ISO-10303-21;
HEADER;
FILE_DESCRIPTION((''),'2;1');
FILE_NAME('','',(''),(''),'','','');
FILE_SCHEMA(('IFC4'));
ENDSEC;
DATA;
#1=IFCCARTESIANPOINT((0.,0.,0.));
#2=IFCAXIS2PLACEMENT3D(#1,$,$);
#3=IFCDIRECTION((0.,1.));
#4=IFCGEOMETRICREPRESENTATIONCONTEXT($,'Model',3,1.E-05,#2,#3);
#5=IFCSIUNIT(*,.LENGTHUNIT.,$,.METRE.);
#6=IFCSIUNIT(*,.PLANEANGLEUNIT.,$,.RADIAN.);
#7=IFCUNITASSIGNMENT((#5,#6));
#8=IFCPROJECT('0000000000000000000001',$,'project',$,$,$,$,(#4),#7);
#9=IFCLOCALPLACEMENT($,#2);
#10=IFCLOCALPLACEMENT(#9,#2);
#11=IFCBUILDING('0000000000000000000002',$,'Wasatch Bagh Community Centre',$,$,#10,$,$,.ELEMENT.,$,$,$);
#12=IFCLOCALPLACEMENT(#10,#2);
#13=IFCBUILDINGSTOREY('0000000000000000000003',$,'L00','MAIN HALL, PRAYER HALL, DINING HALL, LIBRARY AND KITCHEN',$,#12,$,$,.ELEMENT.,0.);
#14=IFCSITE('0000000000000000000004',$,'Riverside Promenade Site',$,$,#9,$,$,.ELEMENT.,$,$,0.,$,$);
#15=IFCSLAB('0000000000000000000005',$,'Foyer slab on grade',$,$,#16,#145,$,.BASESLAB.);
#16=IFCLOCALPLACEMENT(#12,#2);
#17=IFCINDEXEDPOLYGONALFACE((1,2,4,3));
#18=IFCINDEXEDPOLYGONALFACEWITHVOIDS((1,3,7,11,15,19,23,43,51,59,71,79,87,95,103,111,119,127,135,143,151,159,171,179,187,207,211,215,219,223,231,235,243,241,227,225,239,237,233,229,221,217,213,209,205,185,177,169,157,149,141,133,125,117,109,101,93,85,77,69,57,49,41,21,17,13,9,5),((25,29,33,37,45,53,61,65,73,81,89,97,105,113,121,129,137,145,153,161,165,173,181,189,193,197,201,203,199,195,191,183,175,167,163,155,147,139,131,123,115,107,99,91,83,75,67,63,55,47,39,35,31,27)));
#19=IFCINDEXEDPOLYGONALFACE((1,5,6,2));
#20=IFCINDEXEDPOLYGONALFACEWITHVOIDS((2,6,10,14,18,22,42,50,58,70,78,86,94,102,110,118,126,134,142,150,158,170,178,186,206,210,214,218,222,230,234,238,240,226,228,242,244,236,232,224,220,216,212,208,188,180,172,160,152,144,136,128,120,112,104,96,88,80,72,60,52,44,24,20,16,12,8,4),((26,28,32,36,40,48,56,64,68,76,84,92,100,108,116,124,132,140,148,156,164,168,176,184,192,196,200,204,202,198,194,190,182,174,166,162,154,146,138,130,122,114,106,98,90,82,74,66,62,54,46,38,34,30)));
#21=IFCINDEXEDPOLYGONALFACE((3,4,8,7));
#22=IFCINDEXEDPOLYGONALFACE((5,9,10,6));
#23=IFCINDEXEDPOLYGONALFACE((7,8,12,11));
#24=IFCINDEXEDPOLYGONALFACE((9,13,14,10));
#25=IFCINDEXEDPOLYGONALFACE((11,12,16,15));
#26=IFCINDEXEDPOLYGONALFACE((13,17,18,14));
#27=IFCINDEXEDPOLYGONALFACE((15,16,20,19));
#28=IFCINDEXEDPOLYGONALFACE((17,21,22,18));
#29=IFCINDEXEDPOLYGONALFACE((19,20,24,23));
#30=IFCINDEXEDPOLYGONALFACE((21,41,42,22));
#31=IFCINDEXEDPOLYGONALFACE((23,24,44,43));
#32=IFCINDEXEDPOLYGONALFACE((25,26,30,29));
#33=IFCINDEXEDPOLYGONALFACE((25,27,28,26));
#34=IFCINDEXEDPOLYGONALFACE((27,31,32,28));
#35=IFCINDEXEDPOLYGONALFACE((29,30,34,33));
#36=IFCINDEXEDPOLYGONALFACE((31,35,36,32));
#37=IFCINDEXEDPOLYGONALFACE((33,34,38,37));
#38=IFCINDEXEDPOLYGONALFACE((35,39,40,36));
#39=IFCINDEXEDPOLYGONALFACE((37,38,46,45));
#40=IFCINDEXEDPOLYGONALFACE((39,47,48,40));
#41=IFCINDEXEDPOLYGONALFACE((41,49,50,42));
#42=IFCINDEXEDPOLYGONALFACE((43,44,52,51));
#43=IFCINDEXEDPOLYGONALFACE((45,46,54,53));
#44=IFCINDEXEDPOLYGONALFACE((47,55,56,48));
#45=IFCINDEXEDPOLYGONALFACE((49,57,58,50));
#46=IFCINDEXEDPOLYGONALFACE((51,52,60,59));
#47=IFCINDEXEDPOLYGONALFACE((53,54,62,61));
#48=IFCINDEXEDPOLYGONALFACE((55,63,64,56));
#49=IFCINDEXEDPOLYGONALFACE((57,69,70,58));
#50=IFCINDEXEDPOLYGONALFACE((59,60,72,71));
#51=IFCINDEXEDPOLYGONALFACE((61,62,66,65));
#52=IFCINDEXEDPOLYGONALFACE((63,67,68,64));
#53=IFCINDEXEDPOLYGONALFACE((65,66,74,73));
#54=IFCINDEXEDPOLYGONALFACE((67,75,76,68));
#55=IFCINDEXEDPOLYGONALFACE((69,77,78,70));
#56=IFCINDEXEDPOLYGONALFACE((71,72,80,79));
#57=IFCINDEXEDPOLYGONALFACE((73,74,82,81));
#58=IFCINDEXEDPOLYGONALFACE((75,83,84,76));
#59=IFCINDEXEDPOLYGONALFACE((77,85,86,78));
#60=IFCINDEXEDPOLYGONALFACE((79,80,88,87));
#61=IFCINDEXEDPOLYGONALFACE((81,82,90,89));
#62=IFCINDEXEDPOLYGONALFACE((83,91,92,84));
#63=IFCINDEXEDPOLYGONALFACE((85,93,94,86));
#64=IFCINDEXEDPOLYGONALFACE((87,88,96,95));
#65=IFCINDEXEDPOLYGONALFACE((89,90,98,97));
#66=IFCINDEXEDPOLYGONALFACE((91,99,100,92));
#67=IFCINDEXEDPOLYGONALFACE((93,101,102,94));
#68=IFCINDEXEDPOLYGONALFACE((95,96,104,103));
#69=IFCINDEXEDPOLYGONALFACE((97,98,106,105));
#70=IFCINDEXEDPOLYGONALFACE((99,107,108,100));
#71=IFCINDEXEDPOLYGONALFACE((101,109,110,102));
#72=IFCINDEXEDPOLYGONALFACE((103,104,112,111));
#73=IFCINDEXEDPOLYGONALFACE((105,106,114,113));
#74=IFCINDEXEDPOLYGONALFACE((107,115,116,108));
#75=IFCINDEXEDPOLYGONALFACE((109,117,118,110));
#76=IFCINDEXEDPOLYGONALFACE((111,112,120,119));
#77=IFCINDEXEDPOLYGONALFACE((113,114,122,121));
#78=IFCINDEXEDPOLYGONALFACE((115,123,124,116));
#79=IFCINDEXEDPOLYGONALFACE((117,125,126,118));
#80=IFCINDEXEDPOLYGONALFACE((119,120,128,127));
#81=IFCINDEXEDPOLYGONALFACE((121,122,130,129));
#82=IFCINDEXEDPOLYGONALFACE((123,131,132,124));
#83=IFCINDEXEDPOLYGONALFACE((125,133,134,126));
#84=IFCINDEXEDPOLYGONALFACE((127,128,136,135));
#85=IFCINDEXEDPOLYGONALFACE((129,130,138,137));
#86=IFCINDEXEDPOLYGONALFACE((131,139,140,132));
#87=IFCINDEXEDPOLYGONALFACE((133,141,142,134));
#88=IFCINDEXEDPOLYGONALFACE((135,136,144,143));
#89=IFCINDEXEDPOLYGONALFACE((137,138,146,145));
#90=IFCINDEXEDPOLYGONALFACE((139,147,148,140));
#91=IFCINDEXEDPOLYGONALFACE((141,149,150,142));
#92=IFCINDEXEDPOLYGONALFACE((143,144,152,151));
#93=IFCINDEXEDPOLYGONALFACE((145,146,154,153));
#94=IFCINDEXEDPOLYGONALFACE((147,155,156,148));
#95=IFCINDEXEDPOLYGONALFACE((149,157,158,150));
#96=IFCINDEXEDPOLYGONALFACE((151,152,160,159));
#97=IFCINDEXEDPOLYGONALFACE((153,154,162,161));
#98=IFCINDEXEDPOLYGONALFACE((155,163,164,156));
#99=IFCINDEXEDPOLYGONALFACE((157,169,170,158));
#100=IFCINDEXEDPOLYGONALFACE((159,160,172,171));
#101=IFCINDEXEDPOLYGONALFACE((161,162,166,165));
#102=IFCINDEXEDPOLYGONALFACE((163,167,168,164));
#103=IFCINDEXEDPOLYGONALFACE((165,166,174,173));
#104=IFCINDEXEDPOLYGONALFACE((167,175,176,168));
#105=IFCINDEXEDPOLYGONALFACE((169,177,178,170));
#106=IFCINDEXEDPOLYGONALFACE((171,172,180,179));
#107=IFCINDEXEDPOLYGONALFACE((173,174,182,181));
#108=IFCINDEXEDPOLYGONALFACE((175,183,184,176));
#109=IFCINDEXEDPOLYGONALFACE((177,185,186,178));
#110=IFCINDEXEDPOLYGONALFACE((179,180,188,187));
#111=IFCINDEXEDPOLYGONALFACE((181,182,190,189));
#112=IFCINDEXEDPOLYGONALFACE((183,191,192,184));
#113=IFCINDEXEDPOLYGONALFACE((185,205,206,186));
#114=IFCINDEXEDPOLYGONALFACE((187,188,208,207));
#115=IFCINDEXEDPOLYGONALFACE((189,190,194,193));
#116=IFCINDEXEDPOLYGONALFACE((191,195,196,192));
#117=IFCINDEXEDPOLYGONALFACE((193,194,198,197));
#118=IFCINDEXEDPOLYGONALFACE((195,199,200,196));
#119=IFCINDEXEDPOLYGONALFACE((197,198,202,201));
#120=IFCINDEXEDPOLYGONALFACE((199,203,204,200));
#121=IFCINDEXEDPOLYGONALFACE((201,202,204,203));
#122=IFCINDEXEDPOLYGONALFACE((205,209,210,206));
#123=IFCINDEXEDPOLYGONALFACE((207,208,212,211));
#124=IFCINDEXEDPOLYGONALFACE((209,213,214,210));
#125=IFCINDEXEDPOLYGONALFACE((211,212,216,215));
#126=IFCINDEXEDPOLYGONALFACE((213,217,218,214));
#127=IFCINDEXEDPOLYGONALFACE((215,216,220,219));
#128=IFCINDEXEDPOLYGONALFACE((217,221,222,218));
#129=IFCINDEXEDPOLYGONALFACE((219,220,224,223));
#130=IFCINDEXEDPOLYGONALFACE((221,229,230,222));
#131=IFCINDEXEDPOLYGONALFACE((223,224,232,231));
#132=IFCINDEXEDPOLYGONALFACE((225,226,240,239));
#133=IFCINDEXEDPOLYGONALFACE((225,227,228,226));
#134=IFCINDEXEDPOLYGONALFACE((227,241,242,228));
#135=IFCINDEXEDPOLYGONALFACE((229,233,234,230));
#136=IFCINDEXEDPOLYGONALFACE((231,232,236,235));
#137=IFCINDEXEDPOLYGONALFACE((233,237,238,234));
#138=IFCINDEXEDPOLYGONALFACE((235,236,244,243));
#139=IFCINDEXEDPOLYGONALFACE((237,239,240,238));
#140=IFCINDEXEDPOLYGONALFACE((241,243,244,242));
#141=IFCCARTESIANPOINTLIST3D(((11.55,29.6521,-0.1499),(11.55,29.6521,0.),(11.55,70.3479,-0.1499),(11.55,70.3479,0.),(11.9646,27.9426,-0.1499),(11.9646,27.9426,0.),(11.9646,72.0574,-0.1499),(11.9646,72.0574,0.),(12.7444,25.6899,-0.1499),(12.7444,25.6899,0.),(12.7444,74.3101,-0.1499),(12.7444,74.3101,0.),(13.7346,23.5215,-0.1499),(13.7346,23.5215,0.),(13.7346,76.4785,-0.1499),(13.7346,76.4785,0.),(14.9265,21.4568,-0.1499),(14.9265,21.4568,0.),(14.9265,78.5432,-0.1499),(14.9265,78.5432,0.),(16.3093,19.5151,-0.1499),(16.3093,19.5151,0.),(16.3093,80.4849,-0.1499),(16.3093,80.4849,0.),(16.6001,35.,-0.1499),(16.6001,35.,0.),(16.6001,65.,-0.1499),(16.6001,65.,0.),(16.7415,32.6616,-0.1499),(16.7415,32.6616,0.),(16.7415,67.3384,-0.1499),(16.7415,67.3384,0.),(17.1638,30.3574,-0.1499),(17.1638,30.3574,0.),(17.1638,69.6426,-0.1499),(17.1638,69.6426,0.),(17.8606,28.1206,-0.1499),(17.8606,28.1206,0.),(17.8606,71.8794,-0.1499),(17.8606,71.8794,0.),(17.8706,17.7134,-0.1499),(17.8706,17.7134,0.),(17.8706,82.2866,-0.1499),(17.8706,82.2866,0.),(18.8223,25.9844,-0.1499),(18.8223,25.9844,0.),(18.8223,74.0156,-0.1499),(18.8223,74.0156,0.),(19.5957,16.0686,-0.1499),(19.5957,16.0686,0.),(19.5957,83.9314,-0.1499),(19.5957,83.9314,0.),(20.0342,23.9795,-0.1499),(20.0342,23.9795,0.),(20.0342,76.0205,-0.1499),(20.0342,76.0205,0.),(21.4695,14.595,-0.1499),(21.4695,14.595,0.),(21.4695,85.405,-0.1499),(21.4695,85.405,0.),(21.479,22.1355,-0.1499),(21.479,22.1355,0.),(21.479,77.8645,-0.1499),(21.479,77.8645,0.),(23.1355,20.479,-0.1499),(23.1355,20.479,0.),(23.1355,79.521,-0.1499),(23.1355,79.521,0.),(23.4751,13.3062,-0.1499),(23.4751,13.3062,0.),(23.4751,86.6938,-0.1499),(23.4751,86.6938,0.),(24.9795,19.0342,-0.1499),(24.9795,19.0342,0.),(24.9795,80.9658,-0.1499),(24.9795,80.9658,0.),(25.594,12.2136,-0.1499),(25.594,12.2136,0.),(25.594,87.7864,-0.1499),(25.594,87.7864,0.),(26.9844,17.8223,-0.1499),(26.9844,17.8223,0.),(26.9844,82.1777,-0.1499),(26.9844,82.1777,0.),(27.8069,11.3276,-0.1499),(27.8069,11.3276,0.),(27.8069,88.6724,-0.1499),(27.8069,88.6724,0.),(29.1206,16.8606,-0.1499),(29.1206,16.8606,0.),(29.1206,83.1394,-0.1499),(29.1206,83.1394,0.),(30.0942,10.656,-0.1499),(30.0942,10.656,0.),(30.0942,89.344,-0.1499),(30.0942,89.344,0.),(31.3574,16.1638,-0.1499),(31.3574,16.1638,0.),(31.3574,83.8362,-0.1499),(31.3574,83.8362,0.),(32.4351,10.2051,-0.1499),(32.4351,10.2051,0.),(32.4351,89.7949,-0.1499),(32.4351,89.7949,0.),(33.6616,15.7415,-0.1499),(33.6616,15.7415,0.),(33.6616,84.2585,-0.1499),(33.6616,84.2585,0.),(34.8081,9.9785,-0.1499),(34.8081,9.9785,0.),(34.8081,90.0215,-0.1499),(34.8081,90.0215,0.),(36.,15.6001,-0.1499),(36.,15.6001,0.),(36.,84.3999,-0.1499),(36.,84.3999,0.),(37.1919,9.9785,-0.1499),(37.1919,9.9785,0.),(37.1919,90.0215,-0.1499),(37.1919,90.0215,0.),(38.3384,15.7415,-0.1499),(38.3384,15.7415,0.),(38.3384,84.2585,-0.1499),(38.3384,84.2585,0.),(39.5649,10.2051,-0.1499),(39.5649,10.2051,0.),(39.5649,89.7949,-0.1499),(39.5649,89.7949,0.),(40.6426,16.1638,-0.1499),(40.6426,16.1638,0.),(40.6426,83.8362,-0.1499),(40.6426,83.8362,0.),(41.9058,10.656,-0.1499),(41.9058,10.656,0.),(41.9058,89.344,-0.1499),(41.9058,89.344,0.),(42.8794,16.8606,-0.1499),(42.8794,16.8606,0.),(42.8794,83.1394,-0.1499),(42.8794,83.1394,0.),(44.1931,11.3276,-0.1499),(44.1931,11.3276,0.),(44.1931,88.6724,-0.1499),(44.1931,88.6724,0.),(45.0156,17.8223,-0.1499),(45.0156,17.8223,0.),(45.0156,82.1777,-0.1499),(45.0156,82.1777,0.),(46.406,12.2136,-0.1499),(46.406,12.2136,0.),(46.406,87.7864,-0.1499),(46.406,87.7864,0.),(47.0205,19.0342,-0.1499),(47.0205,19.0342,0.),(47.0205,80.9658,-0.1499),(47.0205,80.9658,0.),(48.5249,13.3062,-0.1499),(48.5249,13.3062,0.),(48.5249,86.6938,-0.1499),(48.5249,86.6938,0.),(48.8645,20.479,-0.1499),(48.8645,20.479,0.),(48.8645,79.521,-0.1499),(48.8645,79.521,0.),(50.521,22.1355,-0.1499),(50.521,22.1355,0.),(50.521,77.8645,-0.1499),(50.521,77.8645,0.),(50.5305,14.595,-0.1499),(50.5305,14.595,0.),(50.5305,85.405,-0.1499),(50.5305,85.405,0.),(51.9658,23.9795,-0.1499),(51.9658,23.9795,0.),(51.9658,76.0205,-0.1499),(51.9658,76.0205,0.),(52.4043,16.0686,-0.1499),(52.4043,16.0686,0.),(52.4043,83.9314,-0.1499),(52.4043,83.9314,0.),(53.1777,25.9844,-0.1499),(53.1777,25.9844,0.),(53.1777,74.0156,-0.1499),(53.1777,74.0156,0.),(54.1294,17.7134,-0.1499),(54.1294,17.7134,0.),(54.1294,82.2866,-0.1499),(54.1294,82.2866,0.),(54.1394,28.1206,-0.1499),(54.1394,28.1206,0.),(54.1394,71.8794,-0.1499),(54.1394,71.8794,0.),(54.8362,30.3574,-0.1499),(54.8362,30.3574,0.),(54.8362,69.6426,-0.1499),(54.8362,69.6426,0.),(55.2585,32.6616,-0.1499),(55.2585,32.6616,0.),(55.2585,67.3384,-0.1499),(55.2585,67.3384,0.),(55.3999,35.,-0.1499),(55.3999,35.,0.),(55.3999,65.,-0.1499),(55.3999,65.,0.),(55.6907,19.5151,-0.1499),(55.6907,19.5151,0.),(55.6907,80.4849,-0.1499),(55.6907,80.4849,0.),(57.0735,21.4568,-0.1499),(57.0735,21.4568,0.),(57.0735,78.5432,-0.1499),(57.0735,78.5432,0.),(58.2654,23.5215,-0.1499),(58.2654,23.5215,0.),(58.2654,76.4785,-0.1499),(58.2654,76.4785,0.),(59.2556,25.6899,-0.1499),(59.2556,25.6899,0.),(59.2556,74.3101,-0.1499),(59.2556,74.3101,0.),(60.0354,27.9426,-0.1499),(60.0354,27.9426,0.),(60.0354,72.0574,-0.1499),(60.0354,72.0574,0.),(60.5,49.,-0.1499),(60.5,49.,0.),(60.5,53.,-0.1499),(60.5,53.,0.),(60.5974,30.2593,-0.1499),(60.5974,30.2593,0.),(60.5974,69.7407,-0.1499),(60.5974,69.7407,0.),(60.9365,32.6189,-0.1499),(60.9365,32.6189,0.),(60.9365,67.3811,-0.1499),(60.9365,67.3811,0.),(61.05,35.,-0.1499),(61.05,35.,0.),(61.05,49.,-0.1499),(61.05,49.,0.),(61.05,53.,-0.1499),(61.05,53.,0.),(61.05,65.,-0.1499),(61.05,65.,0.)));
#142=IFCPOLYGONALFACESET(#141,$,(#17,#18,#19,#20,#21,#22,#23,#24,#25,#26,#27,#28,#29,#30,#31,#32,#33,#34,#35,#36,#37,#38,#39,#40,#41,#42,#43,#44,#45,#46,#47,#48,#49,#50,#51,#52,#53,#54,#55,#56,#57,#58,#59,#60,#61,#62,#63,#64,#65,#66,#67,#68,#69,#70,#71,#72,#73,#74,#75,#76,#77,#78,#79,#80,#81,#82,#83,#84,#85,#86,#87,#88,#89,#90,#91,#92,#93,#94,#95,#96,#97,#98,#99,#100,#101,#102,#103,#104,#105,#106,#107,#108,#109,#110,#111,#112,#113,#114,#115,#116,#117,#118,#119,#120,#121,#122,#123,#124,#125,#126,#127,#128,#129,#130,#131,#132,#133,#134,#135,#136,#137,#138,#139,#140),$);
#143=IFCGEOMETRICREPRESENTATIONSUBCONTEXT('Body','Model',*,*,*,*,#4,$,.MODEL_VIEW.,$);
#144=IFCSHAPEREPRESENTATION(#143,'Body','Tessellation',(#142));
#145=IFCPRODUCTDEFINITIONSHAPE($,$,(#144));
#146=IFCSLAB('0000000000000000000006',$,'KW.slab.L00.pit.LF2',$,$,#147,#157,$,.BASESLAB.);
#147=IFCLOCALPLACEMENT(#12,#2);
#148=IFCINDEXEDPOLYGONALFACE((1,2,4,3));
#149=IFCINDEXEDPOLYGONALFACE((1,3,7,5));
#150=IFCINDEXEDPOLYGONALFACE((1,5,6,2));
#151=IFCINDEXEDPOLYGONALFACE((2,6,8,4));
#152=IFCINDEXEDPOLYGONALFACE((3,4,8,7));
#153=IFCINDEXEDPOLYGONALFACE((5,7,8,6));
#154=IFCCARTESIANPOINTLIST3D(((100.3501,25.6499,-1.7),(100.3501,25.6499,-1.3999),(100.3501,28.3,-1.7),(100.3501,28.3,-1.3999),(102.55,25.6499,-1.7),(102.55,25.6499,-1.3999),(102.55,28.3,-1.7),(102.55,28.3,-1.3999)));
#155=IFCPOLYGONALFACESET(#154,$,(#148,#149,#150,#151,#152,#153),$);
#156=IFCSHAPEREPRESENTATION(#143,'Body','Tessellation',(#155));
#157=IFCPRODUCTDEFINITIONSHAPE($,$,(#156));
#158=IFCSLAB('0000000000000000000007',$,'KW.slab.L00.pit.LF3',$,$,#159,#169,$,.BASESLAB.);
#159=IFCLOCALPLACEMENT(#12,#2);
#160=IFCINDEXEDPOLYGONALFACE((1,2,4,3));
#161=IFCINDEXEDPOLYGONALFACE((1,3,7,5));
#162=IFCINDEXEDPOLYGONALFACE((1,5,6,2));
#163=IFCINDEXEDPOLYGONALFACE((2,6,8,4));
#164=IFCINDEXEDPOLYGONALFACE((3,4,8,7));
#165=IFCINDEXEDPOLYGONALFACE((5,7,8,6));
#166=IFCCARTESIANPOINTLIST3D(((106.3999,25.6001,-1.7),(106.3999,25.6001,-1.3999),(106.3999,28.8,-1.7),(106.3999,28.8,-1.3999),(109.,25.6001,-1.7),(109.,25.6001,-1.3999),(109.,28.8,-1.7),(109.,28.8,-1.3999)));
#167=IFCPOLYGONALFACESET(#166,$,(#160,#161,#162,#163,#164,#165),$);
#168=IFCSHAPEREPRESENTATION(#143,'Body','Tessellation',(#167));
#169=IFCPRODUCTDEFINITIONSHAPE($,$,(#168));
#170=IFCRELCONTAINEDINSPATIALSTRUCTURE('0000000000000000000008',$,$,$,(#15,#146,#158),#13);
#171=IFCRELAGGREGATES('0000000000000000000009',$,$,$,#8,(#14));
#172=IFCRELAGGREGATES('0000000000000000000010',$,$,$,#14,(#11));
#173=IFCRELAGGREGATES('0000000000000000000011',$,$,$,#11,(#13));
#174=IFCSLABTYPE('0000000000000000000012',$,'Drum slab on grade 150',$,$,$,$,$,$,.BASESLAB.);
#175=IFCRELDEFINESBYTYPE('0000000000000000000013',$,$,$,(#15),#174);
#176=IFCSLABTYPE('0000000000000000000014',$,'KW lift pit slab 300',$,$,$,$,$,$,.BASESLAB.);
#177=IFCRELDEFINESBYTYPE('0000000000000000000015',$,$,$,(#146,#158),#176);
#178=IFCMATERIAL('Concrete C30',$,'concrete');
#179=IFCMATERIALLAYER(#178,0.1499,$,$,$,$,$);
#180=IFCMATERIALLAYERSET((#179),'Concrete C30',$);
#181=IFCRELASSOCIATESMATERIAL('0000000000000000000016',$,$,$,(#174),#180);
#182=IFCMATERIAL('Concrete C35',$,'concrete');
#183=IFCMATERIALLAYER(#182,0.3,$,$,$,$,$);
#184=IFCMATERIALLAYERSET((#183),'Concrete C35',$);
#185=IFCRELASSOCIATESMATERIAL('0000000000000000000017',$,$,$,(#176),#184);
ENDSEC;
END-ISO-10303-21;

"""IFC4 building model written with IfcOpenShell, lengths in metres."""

from ifc_helpers import new_model, si_unit, direction, frame, origin, place, context, subcontext, project, spatial, polyline, outline, extrude, material, layer, layer_set, type_object, element, save


model = new_model("IFC4")

# Units and contexts
model_context = context("Model", 3, precision=1e-05, world=origin(), true_north=direction((0.0, 1.0)))
body_context = subcontext(model_context, "Body", "Model", "MODEL_VIEW")
ifc_project = project(units=[si_unit("LENGTHUNIT", "METRE"), si_unit("PLANEANGLEUNIT", "RADIAN")], contexts=[model_context])

# Site, building, storey
site_placement = place(None, origin())
site = spatial("IfcSite", under=ifc_project, at=site_placement, Name="Riverside Promenade Site", CompositionType="ELEMENT", RefElevation=0.0)
building_placement = place(site_placement, origin())
building = spatial("IfcBuilding", under=site, at=building_placement, Name="Wasatch Bagh Community Centre", CompositionType="ELEMENT")
storey_placement = place(building_placement, origin())
storey = spatial("IfcBuildingStorey", under=building, at=storey_placement, Name="L00", Description="MAIN HALL, PRAYER HALL, DINING HALL, LIBRARY AND KITCHEN", CompositionType="ELEMENT", Elevation=0.0)

# Shared definitions
ifc_material_1 = material(Name="Concrete C35", Category="concrete")
ifc_material_2 = material(Name="Concrete C30", Category="concrete")

# Slabs
ifc_layer_1 = layer(ifc_material_2, 0.1499)
ifc_layer_set_1 = layer_set([ifc_layer_1], Name="Concrete C30")
slab_type_1 = type_object("IfcSlabType", Name="Drum slab on grade 150", PredefinedType="BASESLAB", material=ifc_layer_set_1)
slab_1_placement = place(storey_placement, frame((0.0, 0.0, -0.1499)))
element("IfcSlab", 1, at=slab_1_placement, inside=storey, type_object=slab_type_1, Name="Foyer slab on grade", PredefinedType="BASESLAB", context=body_context, shape_type="SweptSolid", body=[
    extrude(outline(polyline([(59.2556, 25.6899), (58.2654, 23.5215), (57.0735, 21.4568), (55.6907, 19.5151), (54.1294, 17.7134), (52.4043, 16.0686), (50.5305, 14.595), (48.5249, 13.3062), (46.406, 12.2136), (44.1931, 11.3276), (41.9058, 10.656), (39.5649, 10.2051), (37.1919, 9.9785), (34.8081, 9.9785), (32.4351, 10.2051), (30.0942, 10.656), (27.8069, 11.3276), (25.594, 12.2136), (23.4751, 13.3062), (21.4695, 14.595), (19.5957, 16.0686), (17.8706, 17.7134), (16.3093, 19.5151), (14.9265, 21.4568), (13.7346, 23.5215), (12.7444, 25.6899), (11.9646, 27.9426), (11.55, 29.6521), (11.55, 70.3479), (11.9646, 72.0574), (12.7444, 74.3101), (13.7346, 76.4785), (14.9265, 78.5432), (16.3093, 80.4849), (17.8706, 82.2866), (19.5957, 83.9314), (21.4695, 85.405), (23.4751, 86.6938), (25.594, 87.7864), (27.8069, 88.6724), (30.0942, 89.344), (32.4351, 89.7949), (34.8081, 90.0215), (37.1919, 90.0215), (39.5649, 89.7949), (41.9058, 89.344), (44.1931, 88.6724), (46.406, 87.7864), (48.5249, 86.6938), (50.5305, 85.405), (52.4043, 83.9314), (54.1294, 82.2866), (55.6907, 80.4849), (57.0735, 78.5432), (58.2654, 76.4785), (59.2556, 74.3101), (60.0354, 72.0574), (60.5974, 69.7407), (60.9365, 67.3811), (61.05, 65.0), (61.05, 53.0), (60.5, 53.0), (60.5, 49.0), (61.05, 49.0), (61.05, 35.0), (60.9365, 32.6189), (60.5974, 30.2593), (60.0354, 27.9426), (59.2556, 25.6899)]), holes=[polyline([(51.9658, 76.0205), (50.521, 77.8645), (48.8645, 79.521), (47.0205, 80.9658), (45.0156, 82.1777), (42.8794, 83.1394), (40.6426, 83.8362), (38.3384, 84.2585), (36.0, 84.3999), (33.6616, 84.2585), (31.3574, 83.8362), (29.1206, 83.1394), (26.9844, 82.1777), (24.9795, 80.9658), (23.1355, 79.521), (21.479, 77.8645), (20.0342, 76.0205), (18.8223, 74.0156), (17.8606, 71.8794), (17.1638, 69.6426), (16.7415, 67.3384), (16.6001, 65.0), (16.6001, 35.0), (16.7415, 32.6616), (17.1638, 30.3574), (17.8606, 28.1206), (18.8223, 25.9844), (20.0342, 23.9795), (21.479, 22.1355), (23.1355, 20.479), (24.9795, 19.0342), (26.9844, 17.8223), (29.1206, 16.8606), (31.3574, 16.1638), (33.6616, 15.7415), (36.0, 15.6001), (38.3384, 15.7415), (40.6426, 16.1638), (42.8794, 16.8606), (45.0156, 17.8223), (47.0205, 19.0342), (48.8645, 20.479), (50.521, 22.1355), (51.9658, 23.9795), (53.1777, 25.9844), (54.1394, 28.1206), (54.8362, 30.3574), (55.2585, 32.6616), (55.3999, 35.0), (55.3999, 65.0), (55.2585, 67.3384), (54.8362, 69.6426), (54.1394, 71.8794), (53.1777, 74.0156), (51.9658, 76.0205)])]), origin(), (0.0, 0.0, 1.0), 0.1499),
])
ifc_layer_2 = layer(ifc_material_1, 0.3)
ifc_layer_set_2 = layer_set([ifc_layer_2], Name="Concrete C35")
slab_type_2 = type_object("IfcSlabType", Name="KW lift pit slab 300", PredefinedType="BASESLAB", material=ifc_layer_set_2)
slab_2_placement = place(storey_placement, frame((0.0, 0.0, -1.7)))
element("IfcSlab", 2, at=slab_2_placement, inside=storey, type_object=slab_type_2, Name="KW.slab.L00.pit.LF2", PredefinedType="BASESLAB", context=body_context, shape_type="SweptSolid", body=[
    extrude(outline(polyline([(100.3501, 25.6499), (102.55, 25.6499), (102.55, 28.3), (100.3501, 28.3), (100.3501, 25.6499)])), origin(), (0.0, 0.0, 1.0), 0.3),
])
slab_3_placement = place(storey_placement, frame((0.0, 0.0, -1.7)))
element("IfcSlab", 3, at=slab_3_placement, inside=storey, type_object=slab_type_2, Name="KW.slab.L00.pit.LF3", PredefinedType="BASESLAB", context=body_context, shape_type="SweptSolid", body=[
    extrude(outline(polyline([(106.3999, 25.6001), (109.0, 25.6001), (109.0, 28.8), (106.3999, 28.8), (106.3999, 25.6001)])), origin(), (0.0, 0.0, 1.0), 0.3),
])

save(model, "model.ifc")
